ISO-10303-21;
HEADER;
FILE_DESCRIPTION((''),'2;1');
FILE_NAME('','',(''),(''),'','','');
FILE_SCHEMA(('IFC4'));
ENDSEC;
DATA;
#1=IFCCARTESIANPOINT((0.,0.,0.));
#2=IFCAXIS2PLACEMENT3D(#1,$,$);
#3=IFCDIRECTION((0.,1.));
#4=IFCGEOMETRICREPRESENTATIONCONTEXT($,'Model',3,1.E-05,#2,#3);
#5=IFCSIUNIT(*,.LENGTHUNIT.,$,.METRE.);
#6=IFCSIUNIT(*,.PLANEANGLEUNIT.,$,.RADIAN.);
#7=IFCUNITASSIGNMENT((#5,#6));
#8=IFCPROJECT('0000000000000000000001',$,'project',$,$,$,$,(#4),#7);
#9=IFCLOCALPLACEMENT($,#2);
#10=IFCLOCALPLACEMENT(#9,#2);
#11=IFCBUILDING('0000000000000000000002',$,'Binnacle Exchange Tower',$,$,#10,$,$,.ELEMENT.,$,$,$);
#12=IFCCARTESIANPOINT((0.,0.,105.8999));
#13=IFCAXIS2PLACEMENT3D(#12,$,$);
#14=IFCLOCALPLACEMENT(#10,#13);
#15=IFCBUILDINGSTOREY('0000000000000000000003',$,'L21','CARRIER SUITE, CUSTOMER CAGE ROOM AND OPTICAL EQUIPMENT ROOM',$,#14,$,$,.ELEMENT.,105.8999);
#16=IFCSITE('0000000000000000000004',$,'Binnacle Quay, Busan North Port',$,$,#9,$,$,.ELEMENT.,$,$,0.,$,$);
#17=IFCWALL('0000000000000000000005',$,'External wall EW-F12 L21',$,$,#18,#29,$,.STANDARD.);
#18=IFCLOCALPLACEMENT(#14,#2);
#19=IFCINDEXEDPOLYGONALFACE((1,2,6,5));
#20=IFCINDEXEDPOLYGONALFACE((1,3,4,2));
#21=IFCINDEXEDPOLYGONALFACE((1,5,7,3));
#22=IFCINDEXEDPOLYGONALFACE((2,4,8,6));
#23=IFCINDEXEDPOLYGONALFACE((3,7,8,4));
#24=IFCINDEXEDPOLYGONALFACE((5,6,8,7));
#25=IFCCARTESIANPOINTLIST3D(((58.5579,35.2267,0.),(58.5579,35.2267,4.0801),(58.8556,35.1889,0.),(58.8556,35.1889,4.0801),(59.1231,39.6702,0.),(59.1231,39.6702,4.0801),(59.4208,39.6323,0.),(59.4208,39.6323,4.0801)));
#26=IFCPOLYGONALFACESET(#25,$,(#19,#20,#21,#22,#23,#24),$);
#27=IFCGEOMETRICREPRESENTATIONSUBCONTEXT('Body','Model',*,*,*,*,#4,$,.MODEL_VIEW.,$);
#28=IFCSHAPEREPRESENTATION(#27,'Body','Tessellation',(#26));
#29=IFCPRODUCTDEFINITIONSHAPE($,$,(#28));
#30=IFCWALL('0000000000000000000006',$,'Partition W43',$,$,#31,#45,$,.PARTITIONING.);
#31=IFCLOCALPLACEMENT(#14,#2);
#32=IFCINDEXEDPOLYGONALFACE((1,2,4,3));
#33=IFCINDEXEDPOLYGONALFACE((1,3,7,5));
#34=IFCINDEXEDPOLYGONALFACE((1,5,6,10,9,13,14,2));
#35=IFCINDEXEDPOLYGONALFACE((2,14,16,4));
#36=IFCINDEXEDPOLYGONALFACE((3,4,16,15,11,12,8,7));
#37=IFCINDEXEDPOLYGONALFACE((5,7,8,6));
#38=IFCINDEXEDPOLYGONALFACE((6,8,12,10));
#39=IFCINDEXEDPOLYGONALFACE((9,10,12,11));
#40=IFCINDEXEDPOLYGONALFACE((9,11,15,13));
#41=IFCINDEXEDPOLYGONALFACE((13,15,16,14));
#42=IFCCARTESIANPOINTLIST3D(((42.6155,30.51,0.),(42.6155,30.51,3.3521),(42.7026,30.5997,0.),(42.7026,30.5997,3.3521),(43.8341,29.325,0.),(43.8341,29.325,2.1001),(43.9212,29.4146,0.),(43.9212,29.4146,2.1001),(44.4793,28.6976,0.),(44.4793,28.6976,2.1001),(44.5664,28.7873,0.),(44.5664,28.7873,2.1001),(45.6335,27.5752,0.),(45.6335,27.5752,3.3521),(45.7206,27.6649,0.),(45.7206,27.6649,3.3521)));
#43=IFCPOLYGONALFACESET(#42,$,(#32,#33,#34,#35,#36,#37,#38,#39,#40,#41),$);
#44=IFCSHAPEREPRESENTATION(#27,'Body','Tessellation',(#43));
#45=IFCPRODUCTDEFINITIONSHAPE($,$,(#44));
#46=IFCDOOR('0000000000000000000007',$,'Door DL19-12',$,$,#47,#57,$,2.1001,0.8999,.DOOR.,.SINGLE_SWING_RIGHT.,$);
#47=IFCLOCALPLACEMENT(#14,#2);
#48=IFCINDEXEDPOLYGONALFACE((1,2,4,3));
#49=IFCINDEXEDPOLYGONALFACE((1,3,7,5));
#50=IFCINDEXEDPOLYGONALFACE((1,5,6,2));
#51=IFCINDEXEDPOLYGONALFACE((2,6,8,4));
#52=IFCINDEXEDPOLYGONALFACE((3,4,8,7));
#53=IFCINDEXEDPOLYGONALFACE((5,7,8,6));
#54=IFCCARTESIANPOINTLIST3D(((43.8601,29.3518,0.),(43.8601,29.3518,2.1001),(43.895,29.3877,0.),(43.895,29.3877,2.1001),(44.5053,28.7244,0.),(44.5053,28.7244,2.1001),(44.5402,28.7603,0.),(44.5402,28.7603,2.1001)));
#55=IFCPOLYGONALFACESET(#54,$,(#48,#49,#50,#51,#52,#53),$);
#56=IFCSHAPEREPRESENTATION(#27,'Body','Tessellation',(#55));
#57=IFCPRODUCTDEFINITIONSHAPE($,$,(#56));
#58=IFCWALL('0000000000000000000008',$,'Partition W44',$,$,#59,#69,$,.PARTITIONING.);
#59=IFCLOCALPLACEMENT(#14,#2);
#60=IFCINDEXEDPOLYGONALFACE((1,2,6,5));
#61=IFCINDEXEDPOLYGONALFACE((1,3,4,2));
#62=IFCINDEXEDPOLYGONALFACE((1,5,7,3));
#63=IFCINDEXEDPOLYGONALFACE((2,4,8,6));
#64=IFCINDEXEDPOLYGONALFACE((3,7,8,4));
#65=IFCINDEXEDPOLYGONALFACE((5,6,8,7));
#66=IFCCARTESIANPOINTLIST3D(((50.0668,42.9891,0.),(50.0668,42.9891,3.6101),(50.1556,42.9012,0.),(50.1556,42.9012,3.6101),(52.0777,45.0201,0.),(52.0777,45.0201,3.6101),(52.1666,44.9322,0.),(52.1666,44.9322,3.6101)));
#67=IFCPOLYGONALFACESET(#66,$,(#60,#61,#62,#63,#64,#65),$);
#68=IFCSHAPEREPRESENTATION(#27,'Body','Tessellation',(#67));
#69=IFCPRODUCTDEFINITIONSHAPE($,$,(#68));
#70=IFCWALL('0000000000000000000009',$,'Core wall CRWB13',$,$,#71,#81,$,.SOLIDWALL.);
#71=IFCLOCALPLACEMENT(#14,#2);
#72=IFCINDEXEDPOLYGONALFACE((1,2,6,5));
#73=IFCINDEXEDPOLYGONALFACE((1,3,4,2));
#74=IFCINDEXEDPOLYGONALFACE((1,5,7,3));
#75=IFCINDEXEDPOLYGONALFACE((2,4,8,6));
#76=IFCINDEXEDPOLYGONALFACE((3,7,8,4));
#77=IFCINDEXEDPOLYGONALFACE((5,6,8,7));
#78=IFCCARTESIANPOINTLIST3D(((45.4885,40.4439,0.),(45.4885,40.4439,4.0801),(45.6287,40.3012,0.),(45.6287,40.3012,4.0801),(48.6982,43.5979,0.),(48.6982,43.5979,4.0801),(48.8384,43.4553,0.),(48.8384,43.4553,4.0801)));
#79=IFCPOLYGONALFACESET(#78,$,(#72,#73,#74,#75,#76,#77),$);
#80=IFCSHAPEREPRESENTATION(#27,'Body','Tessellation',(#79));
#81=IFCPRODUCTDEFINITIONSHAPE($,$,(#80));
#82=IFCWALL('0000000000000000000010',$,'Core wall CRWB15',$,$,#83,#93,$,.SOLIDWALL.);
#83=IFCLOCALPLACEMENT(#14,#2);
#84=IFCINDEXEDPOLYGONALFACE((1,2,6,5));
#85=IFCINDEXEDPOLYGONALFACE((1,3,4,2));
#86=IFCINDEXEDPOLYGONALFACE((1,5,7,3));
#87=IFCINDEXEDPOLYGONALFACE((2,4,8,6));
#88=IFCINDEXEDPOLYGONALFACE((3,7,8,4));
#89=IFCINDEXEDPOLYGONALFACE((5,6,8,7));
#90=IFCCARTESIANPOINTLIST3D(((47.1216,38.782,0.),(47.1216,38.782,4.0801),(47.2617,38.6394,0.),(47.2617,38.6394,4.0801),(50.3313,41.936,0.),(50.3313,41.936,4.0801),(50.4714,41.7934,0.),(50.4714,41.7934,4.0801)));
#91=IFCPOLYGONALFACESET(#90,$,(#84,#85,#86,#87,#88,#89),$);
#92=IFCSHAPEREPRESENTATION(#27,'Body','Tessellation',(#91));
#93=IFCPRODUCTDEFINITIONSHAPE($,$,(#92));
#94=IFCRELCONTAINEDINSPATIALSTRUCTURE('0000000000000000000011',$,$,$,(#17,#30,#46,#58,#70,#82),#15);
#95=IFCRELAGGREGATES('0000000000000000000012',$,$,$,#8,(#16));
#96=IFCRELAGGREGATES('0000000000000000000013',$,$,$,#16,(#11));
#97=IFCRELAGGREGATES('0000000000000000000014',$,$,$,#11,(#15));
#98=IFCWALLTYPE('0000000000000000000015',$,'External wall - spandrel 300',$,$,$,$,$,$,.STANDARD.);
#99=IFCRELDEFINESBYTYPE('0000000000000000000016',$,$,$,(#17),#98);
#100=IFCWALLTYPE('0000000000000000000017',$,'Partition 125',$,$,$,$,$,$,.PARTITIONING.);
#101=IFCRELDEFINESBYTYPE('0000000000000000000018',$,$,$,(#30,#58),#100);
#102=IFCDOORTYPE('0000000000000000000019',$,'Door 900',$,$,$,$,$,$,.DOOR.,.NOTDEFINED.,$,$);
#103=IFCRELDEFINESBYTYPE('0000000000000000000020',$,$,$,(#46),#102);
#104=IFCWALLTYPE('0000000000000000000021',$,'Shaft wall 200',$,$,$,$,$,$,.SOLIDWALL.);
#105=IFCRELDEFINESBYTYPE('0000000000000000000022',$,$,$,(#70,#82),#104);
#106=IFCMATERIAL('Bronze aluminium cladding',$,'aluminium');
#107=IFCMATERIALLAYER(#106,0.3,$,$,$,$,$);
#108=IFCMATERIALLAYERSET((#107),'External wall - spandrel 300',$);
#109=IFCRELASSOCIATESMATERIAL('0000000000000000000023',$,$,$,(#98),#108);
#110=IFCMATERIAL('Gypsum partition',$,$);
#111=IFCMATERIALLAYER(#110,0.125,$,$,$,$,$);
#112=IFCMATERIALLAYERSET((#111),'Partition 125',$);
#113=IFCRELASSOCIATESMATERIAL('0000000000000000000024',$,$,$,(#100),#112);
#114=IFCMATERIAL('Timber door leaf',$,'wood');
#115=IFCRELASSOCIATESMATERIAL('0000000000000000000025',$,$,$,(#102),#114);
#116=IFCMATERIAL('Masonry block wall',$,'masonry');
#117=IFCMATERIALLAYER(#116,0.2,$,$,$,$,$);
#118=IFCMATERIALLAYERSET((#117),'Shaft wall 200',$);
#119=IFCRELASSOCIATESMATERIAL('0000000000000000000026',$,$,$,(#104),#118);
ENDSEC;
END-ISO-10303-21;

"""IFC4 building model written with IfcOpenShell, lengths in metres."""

from ifc_helpers import new_model, si_unit, direction, frame, frame_2d, origin, place, context, subcontext, project, spatial, rectangle, extrude, material, layer, layer_set, type_object, element, fill, save


model = new_model("IFC4")

# Units and contexts
model_context = context("Model", 3, precision=1e-05, world=origin(), true_north=direction((0.0, 1.0)))
body_context = subcontext(model_context, "Body", "Model", "MODEL_VIEW")
ifc_project = project(units=[si_unit("LENGTHUNIT", "METRE"), si_unit("PLANEANGLEUNIT", "RADIAN")], contexts=[model_context])

# Site, building, storey
site_placement = place(None, origin())
site = spatial("IfcSite", under=ifc_project, at=site_placement, Name="Binnacle Quay, Busan North Port", CompositionType="ELEMENT", RefElevation=0.0)
building_placement = place(site_placement, origin())
building = spatial("IfcBuilding", under=site, at=building_placement, Name="Binnacle Exchange Tower", CompositionType="ELEMENT")
storey_placement = place(building_placement, frame((0.0, 0.0, 105.8999)))
storey = spatial("IfcBuildingStorey", under=building, at=storey_placement, Name="L21", Description="CARRIER SUITE, CUSTOMER CAGE ROOM AND OPTICAL EQUIPMENT ROOM", CompositionType="ELEMENT", Elevation=105.8999)

# Shared definitions
ifc_material_1 = material(Name="Bronze aluminium cladding", Category="aluminium")
ifc_layer_1 = layer(ifc_material_1, 0.3)
ifc_layer_set_1 = layer_set([ifc_layer_1], Name="External wall - spandrel 300")
wall_type_1 = type_object("IfcWallType", Name="External wall - spandrel 300", PredefinedType="STANDARD", material=ifc_layer_set_1)

# Wall
wall_1_placement = place(storey_placement, frame((59.272, 39.6514, 0.0), z_axis=(0.0, 0.0, 1.0), x_axis=(-0.126181, -0.992007, 0.0)))
element("IfcWall", 1, at=wall_1_placement, inside=storey, type_object=wall_type_1, Name="External wall EW-F12 L21", PredefinedType="STANDARD", context=body_context, shape_type="SweptSolid", body=[
    extrude(rectangle(XDim=4.4792, YDim=0.3, at=frame_2d((2.2397, 0.0))), origin(), (0.0, 0.0, 1.0), 4.0801),
])

# Wall, opening, door
ifc_material_2 = material(Name="Gypsum partition")
ifc_layer_2 = layer(ifc_material_2, 0.125)
ifc_layer_set_2 = layer_set([ifc_layer_2], Name="Partition 125")
wall_type_2 = type_object("IfcWallType", Name="Partition 125", PredefinedType="PARTITIONING", material=ifc_layer_set_2)
wall_2_placement = place(storey_placement, frame((42.6589, 30.5549, 0.0), z_axis=(0.0, 0.0, 1.0), x_axis=(0.716926, -0.69715, 0.0)))
wall_2 = element("IfcWall", 2, at=wall_2_placement, inside=storey, type_object=wall_type_2, Name="Partition W43", PredefinedType="PARTITIONING", context=body_context, shape_type="SweptSolid", body=[
    extrude(rectangle(XDim=4.2097, YDim=0.125, at=frame_2d((2.105, 0.0))), origin(), (0.0, 0.0, 1.0), 3.3521),
])
opening_1_placement = place(wall_2_placement, frame((1.7, 0.0, 0.0)))
opening_1 = element("IfcOpeningElement", 3, at=opening_1_placement, cuts=wall_2, PredefinedType="OPENING", context=body_context, shape_type="SweptSolid", body=[
    extrude(rectangle(XDim=0.8999, YDim=2.1001, at=frame_2d((0.45, 1.05))), frame((0.0, 0.0725, 0.0), z_axis=(0.0, -1.0, 0.0), x_axis=(1.0, 0.0, 0.0)), (0.0, 0.0, 1.0), 0.145),
])
ifc_material_3 = material(Name="Timber door leaf", Category="wood")
door_type_1 = type_object("IfcDoorType", Name="Door 900", OperationType="NOTDEFINED", PredefinedType="DOOR", material=ifc_material_3)
door_1_placement = place(opening_1_placement, origin())
door_1 = element("IfcDoor", 4, at=door_1_placement, inside=storey, type_object=door_type_1, Name="Door DL19-12", OperationType="SINGLE_SWING_RIGHT", OverallHeight=2.1001, OverallWidth=0.8999, PredefinedType="DOOR", context=body_context, shape_type="SweptSolid", body=[
    extrude(rectangle(XDim=0.8999, YDim=2.1001, at=frame_2d((0.45, 1.05))), frame((0.0, 0.0249, 0.0), z_axis=(0.0, -1.0, 0.0), x_axis=(1.0, 0.0, 0.0)), (0.0, 0.0, 1.0), 0.05),
])
fill(opening_1, door_1)

# Walls
wall_3_placement = place(storey_placement, frame((50.1111, 42.9451, 0.0), z_axis=(0.0, 0.0, 1.0), x_axis=(0.703596, 0.7106, 0.0)))
element("IfcWall", 5, at=wall_3_placement, inside=storey, type_object=wall_type_2, Name="Partition W44", PredefinedType="PARTITIONING", context=body_context, shape_type="SweptSolid", body=[
    extrude(rectangle(XDim=2.8582, YDim=0.125, at=frame_2d((1.4292, 0.0))), origin(), (0.0, 0.0, 1.0), 3.6101),
])
ifc_material_4 = material(Name="Masonry block wall", Category="masonry")
ifc_layer_3 = layer(ifc_material_4, 0.2)
ifc_layer_set_3 = layer_set([ifc_layer_3], Name="Shaft wall 200")
wall_type_3 = type_object("IfcWallType", Name="Shaft wall 200", PredefinedType="SOLIDWALL", material=ifc_layer_set_3)
for number, where, z_axis, x_axis, name in (
    (6, (45.5586, 40.3726, 0.0), (0.0, 0.0, 1.0), (0.713265, 0.700895, 0.0), "Core wall CRWB13"),
    (7, (47.1917, 38.7107, 0.0), (0.0, 0.0, 1.0), (0.713265, 0.700895, 0.0), "Core wall CRWB15"),
):
    element("IfcWall", number, at=place(storey_placement, frame(where, z_axis=z_axis, x_axis=x_axis)), inside=storey, type_object=wall_type_3, Name=name, PredefinedType="SOLIDWALL", context=body_context, shape_type="SweptSolid", body=[
        extrude(rectangle(XDim=4.5, YDim=0.2, at=frame_2d((2.25, 0.0))), origin(), (0.0, 0.0, 1.0), 4.0801),
    ])

save(model, "model.ifc")
